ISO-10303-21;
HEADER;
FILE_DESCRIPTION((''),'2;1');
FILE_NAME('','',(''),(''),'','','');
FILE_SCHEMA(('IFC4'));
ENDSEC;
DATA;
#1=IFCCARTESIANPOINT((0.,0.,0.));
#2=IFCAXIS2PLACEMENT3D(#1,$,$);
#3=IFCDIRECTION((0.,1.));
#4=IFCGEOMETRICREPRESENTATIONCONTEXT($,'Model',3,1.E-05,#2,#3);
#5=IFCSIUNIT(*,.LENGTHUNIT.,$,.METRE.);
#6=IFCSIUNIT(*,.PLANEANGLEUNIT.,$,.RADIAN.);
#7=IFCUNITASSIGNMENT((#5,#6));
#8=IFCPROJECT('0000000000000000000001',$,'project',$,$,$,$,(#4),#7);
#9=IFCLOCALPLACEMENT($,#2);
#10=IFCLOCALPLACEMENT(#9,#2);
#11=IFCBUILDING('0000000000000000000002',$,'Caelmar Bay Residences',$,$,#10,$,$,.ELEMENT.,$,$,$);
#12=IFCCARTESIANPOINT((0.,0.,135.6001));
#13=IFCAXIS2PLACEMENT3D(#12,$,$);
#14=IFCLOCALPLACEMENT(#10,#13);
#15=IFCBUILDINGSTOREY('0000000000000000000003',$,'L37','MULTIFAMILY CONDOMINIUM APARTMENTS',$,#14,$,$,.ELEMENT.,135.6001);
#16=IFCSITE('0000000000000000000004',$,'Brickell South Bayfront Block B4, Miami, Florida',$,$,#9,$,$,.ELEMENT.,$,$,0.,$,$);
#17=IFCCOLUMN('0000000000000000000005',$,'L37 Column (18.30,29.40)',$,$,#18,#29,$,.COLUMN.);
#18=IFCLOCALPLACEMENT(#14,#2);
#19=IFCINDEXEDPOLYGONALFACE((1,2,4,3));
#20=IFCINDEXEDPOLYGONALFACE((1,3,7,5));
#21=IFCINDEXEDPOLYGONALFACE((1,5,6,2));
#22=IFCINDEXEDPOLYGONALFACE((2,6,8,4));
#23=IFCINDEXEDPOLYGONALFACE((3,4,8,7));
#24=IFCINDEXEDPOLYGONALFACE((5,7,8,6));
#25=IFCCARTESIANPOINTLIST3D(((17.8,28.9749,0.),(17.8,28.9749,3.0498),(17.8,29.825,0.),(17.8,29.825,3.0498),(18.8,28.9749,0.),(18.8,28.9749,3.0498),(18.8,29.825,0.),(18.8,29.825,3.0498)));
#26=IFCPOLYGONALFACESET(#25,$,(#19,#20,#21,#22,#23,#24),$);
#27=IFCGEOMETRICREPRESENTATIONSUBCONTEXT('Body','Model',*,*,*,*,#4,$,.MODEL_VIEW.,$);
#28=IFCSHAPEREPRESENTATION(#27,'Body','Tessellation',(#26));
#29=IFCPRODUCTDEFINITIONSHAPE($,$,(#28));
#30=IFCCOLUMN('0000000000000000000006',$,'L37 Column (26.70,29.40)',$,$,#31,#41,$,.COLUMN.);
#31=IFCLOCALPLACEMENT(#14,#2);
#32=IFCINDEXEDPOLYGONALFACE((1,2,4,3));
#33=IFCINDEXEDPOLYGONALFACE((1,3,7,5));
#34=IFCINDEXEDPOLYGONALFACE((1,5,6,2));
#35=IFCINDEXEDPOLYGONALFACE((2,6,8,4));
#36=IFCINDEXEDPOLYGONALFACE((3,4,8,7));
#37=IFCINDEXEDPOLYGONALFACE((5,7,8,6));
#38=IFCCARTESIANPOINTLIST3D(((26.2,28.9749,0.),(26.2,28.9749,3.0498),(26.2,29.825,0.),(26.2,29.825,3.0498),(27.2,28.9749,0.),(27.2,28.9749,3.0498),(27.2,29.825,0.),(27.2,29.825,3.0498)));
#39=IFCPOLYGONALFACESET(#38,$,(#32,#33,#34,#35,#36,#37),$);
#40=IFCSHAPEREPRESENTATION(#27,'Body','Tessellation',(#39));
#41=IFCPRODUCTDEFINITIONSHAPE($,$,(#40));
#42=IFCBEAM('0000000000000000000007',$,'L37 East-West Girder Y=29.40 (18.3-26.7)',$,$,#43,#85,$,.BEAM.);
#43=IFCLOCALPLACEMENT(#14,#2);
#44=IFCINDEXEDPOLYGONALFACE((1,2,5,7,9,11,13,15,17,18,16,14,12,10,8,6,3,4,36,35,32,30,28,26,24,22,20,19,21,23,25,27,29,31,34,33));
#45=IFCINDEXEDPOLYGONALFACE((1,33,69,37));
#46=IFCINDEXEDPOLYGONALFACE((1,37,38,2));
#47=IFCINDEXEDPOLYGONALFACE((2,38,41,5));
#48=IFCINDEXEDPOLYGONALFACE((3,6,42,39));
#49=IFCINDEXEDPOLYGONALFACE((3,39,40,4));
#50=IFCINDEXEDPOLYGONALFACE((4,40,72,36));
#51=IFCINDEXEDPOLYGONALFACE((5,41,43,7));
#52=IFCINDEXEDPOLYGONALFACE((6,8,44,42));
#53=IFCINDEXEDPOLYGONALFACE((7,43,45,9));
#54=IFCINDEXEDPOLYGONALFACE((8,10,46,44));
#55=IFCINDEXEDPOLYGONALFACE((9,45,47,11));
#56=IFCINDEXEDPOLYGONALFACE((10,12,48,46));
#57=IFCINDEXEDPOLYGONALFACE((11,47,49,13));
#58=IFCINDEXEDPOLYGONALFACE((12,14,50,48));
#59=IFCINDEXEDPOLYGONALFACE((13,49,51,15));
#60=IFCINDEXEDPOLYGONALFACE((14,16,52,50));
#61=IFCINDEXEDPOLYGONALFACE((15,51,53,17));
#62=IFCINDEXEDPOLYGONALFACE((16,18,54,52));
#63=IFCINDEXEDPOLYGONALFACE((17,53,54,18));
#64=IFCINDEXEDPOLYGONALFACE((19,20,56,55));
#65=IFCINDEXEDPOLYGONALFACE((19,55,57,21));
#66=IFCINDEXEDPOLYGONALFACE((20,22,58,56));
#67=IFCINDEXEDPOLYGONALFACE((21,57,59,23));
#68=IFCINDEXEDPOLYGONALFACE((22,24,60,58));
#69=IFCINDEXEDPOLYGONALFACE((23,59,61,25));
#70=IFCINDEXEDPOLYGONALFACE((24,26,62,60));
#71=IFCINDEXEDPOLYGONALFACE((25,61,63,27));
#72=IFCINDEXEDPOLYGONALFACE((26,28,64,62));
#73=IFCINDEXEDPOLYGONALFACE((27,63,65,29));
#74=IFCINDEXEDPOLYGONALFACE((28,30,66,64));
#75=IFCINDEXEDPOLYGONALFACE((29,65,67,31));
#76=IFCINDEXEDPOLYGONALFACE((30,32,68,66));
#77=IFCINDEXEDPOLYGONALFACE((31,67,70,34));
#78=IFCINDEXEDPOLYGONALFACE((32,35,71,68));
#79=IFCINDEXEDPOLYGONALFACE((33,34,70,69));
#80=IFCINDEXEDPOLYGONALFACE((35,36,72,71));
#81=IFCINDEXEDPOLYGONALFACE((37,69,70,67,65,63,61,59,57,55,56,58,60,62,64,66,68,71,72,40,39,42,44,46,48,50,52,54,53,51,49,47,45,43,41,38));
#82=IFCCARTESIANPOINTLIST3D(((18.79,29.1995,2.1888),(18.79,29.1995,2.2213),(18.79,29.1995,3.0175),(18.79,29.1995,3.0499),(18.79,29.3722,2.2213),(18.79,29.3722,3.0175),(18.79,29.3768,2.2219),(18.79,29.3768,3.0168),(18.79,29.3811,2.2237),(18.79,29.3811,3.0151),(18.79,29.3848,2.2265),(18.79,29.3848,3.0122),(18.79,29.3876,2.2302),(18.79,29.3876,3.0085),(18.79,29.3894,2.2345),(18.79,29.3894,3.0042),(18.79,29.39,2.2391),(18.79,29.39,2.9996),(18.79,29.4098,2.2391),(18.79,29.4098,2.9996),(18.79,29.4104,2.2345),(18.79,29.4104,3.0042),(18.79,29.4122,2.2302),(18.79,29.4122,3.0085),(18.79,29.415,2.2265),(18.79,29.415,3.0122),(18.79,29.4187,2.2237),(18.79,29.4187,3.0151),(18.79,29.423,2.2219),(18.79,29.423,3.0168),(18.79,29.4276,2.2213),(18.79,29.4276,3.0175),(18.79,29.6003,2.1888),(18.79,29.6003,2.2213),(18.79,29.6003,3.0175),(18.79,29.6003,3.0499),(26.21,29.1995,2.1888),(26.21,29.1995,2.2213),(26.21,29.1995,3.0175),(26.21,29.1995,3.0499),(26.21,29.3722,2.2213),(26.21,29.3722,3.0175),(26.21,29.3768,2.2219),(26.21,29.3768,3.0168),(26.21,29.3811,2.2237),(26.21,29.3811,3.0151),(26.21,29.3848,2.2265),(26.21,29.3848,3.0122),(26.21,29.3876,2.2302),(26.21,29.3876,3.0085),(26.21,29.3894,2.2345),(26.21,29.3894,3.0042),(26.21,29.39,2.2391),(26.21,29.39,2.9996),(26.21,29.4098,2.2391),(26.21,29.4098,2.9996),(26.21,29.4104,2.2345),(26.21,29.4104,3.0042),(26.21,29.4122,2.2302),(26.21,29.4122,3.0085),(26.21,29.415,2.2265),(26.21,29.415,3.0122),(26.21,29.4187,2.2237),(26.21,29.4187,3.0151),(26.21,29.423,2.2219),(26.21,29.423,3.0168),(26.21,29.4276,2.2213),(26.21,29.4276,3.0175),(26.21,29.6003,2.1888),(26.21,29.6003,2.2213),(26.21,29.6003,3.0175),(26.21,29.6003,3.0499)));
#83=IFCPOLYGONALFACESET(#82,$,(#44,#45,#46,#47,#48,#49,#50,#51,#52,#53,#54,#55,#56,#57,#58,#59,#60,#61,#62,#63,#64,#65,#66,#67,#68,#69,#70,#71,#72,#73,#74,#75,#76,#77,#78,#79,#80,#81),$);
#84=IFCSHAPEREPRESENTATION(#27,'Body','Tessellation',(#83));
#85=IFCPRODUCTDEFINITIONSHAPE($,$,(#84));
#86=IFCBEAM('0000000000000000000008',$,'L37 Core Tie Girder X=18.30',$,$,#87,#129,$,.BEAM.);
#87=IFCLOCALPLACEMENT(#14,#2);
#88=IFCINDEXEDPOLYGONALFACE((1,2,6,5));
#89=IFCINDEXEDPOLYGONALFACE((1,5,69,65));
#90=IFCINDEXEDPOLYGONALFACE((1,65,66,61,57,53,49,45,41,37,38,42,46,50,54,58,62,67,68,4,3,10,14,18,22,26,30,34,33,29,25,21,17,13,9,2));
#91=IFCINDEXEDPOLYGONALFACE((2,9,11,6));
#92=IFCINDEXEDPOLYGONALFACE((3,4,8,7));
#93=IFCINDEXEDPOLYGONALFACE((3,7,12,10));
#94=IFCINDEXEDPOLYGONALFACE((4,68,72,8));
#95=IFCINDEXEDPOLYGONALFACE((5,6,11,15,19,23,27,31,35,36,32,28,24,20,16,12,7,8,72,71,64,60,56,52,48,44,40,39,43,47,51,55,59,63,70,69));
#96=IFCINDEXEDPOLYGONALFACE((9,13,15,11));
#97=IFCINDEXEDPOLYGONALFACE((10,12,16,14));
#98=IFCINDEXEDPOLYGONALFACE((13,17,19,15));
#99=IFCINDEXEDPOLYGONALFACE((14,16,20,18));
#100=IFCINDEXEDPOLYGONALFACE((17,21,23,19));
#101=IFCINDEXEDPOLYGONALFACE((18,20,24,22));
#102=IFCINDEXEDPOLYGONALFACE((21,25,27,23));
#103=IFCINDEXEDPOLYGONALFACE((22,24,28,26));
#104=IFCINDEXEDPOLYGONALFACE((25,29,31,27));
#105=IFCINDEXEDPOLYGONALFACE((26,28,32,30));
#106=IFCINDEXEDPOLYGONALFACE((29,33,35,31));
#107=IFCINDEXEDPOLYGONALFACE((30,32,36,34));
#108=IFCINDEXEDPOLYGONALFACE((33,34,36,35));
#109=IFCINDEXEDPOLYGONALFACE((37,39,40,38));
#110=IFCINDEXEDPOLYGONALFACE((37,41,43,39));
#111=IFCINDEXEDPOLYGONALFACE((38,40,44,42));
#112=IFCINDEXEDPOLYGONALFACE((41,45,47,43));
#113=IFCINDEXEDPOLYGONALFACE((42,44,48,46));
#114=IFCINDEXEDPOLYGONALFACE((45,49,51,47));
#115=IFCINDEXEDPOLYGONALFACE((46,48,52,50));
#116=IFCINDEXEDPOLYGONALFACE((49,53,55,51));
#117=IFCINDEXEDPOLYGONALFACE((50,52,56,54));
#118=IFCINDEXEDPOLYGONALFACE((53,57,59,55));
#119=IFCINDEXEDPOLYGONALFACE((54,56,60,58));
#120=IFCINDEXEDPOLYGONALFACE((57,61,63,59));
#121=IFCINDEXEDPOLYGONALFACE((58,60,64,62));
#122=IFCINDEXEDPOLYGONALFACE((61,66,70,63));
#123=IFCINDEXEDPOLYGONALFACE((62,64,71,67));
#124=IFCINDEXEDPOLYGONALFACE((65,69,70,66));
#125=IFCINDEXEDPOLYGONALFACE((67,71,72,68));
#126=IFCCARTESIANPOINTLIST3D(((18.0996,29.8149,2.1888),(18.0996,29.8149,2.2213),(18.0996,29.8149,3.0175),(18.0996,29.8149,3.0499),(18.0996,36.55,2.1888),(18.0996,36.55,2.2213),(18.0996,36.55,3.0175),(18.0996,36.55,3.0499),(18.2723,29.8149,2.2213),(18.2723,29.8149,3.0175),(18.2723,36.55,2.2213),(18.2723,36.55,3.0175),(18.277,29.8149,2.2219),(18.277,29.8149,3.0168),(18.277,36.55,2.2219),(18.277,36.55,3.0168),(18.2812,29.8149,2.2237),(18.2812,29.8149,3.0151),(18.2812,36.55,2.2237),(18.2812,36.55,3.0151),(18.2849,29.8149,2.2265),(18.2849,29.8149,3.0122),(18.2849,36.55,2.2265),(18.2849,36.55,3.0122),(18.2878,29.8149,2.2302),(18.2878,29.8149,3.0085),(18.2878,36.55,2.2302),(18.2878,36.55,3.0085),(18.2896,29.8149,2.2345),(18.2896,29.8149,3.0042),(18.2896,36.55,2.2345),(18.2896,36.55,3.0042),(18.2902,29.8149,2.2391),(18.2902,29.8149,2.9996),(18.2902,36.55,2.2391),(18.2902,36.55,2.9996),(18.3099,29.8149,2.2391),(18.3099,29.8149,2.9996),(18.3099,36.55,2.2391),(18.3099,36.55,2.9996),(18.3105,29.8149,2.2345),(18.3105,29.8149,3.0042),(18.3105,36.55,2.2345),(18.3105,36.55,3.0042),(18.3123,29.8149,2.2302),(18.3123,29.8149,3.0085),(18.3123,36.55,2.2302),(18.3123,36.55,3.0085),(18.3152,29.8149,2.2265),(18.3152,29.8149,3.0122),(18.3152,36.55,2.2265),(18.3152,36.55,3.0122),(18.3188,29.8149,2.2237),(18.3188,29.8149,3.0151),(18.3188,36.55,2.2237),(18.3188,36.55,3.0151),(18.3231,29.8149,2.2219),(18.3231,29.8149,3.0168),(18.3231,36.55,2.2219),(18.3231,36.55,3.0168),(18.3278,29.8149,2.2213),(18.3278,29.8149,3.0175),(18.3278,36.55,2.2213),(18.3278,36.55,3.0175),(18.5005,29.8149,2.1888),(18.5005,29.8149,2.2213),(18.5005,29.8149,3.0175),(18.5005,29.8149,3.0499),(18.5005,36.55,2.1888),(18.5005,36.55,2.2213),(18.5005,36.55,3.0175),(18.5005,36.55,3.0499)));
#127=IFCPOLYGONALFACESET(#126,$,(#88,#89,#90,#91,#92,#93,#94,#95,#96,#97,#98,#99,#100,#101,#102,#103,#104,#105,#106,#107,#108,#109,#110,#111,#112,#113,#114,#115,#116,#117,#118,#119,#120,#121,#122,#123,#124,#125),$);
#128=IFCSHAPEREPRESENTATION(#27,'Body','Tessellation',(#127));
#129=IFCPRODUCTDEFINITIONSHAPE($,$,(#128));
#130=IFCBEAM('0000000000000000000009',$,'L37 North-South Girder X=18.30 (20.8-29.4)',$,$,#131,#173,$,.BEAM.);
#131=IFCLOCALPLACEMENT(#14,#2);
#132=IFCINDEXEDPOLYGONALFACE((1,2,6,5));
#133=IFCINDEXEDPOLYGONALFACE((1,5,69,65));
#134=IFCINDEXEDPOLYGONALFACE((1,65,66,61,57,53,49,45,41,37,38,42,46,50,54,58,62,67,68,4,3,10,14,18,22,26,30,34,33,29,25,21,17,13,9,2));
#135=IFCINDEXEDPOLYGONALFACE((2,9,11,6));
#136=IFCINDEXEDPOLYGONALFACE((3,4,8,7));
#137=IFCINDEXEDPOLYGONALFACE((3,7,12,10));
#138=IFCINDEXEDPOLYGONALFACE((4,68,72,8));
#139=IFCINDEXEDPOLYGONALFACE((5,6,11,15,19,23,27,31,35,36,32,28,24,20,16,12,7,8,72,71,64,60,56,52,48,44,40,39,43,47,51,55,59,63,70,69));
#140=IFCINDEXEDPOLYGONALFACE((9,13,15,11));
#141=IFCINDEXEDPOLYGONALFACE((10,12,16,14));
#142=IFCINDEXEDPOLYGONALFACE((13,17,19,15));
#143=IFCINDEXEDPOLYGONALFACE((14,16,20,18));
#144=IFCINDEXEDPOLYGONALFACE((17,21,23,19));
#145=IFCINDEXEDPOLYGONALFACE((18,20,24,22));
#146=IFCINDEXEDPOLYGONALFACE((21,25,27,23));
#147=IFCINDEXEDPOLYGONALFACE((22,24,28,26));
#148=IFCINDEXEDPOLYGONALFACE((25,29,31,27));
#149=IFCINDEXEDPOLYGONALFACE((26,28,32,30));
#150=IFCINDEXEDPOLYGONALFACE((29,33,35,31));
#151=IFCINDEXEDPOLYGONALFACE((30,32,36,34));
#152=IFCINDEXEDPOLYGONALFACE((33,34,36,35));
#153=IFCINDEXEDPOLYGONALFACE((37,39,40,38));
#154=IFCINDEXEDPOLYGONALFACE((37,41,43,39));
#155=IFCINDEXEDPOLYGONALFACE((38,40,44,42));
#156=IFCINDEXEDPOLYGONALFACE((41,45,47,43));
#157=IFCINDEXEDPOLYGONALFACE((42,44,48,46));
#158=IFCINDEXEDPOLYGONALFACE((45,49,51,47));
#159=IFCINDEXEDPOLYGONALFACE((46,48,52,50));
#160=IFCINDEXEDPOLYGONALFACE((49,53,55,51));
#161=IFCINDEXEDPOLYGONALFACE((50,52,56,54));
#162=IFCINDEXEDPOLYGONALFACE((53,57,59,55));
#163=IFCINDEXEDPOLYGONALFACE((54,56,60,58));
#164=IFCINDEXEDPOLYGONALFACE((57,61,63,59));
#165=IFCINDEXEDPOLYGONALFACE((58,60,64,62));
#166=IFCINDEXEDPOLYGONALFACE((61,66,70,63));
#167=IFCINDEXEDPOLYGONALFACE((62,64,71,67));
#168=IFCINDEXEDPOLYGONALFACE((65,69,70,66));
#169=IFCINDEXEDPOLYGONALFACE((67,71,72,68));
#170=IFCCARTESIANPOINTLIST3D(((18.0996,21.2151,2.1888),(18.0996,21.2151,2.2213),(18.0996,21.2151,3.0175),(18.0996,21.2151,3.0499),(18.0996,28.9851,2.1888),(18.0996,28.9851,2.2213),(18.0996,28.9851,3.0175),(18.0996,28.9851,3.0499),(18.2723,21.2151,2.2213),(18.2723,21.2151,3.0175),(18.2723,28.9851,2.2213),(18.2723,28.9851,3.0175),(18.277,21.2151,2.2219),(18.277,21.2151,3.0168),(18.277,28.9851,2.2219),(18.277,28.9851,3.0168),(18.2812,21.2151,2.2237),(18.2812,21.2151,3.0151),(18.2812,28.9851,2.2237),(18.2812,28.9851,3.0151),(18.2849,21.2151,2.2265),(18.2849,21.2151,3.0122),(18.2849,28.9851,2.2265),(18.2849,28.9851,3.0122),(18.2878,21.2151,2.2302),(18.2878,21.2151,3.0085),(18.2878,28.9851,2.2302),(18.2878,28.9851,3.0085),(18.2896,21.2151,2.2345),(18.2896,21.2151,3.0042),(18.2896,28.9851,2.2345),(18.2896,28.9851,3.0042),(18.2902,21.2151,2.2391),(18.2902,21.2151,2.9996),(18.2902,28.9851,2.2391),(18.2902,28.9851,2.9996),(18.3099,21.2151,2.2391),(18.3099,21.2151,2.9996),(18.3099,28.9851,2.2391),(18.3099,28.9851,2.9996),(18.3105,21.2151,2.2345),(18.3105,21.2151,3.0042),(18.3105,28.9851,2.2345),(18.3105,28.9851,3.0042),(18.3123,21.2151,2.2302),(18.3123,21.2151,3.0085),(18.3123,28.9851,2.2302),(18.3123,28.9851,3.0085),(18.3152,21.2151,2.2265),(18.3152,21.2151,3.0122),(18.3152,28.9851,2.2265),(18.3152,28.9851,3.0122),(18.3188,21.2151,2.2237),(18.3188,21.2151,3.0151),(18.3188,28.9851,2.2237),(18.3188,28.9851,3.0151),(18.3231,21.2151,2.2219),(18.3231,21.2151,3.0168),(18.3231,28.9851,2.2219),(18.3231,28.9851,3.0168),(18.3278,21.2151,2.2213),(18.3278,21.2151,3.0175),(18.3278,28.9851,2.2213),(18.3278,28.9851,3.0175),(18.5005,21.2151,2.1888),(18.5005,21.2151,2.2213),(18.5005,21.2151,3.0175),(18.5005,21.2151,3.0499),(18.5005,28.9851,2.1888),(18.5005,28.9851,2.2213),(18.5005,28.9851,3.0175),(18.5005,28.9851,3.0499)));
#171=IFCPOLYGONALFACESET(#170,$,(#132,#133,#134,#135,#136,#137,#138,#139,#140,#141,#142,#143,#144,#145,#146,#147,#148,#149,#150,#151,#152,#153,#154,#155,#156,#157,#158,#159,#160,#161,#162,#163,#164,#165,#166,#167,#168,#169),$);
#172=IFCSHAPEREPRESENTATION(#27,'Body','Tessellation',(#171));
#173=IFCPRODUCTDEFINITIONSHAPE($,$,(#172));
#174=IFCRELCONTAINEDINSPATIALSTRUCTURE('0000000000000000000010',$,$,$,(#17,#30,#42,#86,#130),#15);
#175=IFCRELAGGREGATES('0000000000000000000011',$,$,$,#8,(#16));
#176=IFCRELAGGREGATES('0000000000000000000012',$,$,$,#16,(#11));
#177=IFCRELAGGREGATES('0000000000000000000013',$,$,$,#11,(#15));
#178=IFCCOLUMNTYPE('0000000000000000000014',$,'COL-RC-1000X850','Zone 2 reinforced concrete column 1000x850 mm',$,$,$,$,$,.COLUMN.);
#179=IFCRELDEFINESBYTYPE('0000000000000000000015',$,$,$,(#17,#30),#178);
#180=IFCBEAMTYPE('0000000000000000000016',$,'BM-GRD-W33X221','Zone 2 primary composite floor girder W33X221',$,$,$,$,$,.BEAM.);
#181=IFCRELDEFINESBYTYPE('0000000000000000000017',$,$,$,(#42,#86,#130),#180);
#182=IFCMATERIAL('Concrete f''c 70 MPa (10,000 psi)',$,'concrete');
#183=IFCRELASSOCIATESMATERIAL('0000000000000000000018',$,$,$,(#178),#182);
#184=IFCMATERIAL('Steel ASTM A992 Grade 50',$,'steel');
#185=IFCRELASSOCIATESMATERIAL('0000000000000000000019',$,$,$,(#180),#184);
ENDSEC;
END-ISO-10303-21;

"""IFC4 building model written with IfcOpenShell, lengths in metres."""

from ifc_helpers import new_model, si_unit, direction, frame, origin, origin_2d, place, context, subcontext, project, spatial, rectangle, i_section, extrude, material, material_profile, profile_set, type_object, element, save


model = new_model("IFC4")

# Units and contexts
model_context = context("Model", 3, precision=1e-05, world=origin(), true_north=direction((0.0, 1.0)))
body_context = subcontext(model_context, "Body", "Model", "MODEL_VIEW")
ifc_project = project(units=[si_unit("LENGTHUNIT", "METRE"), si_unit("PLANEANGLEUNIT", "RADIAN")], contexts=[model_context])

# Site, building, storey
site_placement = place(None, origin())
site = spatial("IfcSite", under=ifc_project, at=site_placement, Name="Brickell South Bayfront Block B4, Miami, Florida", CompositionType="ELEMENT", RefElevation=0.0)
building_placement = place(site_placement, origin())
building = spatial("IfcBuilding", under=site, at=building_placement, Name="Caelmar Bay Residences", CompositionType="ELEMENT")
storey_placement = place(building_placement, frame((0.0, 0.0, 135.6001)))
storey = spatial("IfcBuildingStorey", under=building, at=storey_placement, Name="L37", Description="MULTIFAMILY CONDOMINIUM APARTMENTS", CompositionType="ELEMENT", Elevation=135.6001)

# Columns
ifc_material_1 = material(Name="Concrete f'c 70 MPa (10,000 psi)", Category="concrete")
ifc_material_profile_1 = material_profile(ifc_material_1, rectangle(XDim=1.0, YDim=0.8501, at=origin_2d()), Name="RC-COL-1000X850")
ifc_profile_set_1 = profile_set([ifc_material_profile_1], Name="Concrete f'c 70 MPa (10,000 psi)")
column_type = type_object("IfcColumnType", Name="COL-RC-1000X850", Description="Zone 2 reinforced concrete column 1000x850 mm", PredefinedType="COLUMN", material=ifc_profile_set_1)
for number, where, z_axis, x_axis, name in (
    (1, (18.3, 29.3999, 0.0), (0.0, 0.0, 1.0), (1.0, 0.0, 0.0), "L37 Column (18.30,29.40)"),
    (2, (26.7, 29.3999, 0.0), (0.0, 0.0, 1.0), (1.0, 0.0, 0.0), "L37 Column (26.70,29.40)"),
):
    element("IfcColumn", number, at=place(storey_placement, frame(where, z_axis=z_axis, x_axis=x_axis)), inside=storey, type_object=column_type, Name=name, PredefinedType="COLUMN", context=body_context, shape_type="SweptSolid", body=[
        extrude(rectangle(XDim=1.0, YDim=0.8501, at=origin_2d()), origin(), (0.0, 0.0, 1.0), 3.0498),
    ])

# Beams
ifc_material_2 = material(Name="Steel ASTM A992 Grade 50", Category="steel")
ifc_material_profile_2 = material_profile(ifc_material_2, i_section(OverallWidth=0.4009, OverallDepth=0.8611, WebThickness=0.0198, FlangeThickness=0.0325, FilletRadius=0.0178, at=origin_2d()), Name="W33X221")
ifc_profile_set_2 = profile_set([ifc_material_profile_2], Name="Steel ASTM A992 Grade 50")
beam_type_1 = type_object("IfcBeamType", Name="BM-GRD-W33X221", Description="Zone 2 primary composite floor girder W33X221", PredefinedType="BEAM", material=ifc_profile_set_2)
beam_1_placement = place(storey_placement, frame((18.79, 29.3999, 2.6194), z_axis=(1.0, 0.0, 0.0), x_axis=(0.0, 1.0, 0.0)))
element("IfcBeam", 3, at=beam_1_placement, inside=storey, type_object=beam_type_1, Name="L37 East-West Girder Y=29.40 (18.3-26.7)", PredefinedType="BEAM", context=body_context, shape_type="SweptSolid", body=[
    extrude(i_section(OverallWidth=0.4009, OverallDepth=0.8611, WebThickness=0.0198, FlangeThickness=0.0325, FilletRadius=0.0178, at=origin_2d()), origin(), (0.0, 0.0, 1.0), 7.4199),
])
beam_2_placement = place(storey_placement, frame((18.3, 29.8149, 2.6194), z_axis=(0.0, 1.0, 0.0), x_axis=(-1.0, 0.0, 0.0)))
element("IfcBeam", 4, at=beam_2_placement, inside=storey, type_object=beam_type_1, Name="L37 Core Tie Girder X=18.30", PredefinedType="BEAM", context=body_context, shape_type="SweptSolid", body=[
    extrude(i_section(OverallWidth=0.4009, OverallDepth=0.8611, WebThickness=0.0198, FlangeThickness=0.0325, FilletRadius=0.0178, at=origin_2d()), origin(), (0.0, 0.0, 1.0), 6.7351),
])
beam_3_placement = place(storey_placement, frame((18.3, 21.2151, 2.6194), z_axis=(0.0, 1.0, 0.0), x_axis=(-1.0, 0.0, 0.0)))
element("IfcBeam", 5, at=beam_3_placement, inside=storey, type_object=beam_type_1, Name="L37 North-South Girder X=18.30 (20.8-29.4)", PredefinedType="BEAM", context=body_context, shape_type="SweptSolid", body=[
    extrude(i_section(OverallWidth=0.4009, OverallDepth=0.8611, WebThickness=0.0198, FlangeThickness=0.0325, FilletRadius=0.0178, at=origin_2d()), origin(), (0.0, 0.0, 1.0), 7.77),
])

save(model, "model.ifc")
